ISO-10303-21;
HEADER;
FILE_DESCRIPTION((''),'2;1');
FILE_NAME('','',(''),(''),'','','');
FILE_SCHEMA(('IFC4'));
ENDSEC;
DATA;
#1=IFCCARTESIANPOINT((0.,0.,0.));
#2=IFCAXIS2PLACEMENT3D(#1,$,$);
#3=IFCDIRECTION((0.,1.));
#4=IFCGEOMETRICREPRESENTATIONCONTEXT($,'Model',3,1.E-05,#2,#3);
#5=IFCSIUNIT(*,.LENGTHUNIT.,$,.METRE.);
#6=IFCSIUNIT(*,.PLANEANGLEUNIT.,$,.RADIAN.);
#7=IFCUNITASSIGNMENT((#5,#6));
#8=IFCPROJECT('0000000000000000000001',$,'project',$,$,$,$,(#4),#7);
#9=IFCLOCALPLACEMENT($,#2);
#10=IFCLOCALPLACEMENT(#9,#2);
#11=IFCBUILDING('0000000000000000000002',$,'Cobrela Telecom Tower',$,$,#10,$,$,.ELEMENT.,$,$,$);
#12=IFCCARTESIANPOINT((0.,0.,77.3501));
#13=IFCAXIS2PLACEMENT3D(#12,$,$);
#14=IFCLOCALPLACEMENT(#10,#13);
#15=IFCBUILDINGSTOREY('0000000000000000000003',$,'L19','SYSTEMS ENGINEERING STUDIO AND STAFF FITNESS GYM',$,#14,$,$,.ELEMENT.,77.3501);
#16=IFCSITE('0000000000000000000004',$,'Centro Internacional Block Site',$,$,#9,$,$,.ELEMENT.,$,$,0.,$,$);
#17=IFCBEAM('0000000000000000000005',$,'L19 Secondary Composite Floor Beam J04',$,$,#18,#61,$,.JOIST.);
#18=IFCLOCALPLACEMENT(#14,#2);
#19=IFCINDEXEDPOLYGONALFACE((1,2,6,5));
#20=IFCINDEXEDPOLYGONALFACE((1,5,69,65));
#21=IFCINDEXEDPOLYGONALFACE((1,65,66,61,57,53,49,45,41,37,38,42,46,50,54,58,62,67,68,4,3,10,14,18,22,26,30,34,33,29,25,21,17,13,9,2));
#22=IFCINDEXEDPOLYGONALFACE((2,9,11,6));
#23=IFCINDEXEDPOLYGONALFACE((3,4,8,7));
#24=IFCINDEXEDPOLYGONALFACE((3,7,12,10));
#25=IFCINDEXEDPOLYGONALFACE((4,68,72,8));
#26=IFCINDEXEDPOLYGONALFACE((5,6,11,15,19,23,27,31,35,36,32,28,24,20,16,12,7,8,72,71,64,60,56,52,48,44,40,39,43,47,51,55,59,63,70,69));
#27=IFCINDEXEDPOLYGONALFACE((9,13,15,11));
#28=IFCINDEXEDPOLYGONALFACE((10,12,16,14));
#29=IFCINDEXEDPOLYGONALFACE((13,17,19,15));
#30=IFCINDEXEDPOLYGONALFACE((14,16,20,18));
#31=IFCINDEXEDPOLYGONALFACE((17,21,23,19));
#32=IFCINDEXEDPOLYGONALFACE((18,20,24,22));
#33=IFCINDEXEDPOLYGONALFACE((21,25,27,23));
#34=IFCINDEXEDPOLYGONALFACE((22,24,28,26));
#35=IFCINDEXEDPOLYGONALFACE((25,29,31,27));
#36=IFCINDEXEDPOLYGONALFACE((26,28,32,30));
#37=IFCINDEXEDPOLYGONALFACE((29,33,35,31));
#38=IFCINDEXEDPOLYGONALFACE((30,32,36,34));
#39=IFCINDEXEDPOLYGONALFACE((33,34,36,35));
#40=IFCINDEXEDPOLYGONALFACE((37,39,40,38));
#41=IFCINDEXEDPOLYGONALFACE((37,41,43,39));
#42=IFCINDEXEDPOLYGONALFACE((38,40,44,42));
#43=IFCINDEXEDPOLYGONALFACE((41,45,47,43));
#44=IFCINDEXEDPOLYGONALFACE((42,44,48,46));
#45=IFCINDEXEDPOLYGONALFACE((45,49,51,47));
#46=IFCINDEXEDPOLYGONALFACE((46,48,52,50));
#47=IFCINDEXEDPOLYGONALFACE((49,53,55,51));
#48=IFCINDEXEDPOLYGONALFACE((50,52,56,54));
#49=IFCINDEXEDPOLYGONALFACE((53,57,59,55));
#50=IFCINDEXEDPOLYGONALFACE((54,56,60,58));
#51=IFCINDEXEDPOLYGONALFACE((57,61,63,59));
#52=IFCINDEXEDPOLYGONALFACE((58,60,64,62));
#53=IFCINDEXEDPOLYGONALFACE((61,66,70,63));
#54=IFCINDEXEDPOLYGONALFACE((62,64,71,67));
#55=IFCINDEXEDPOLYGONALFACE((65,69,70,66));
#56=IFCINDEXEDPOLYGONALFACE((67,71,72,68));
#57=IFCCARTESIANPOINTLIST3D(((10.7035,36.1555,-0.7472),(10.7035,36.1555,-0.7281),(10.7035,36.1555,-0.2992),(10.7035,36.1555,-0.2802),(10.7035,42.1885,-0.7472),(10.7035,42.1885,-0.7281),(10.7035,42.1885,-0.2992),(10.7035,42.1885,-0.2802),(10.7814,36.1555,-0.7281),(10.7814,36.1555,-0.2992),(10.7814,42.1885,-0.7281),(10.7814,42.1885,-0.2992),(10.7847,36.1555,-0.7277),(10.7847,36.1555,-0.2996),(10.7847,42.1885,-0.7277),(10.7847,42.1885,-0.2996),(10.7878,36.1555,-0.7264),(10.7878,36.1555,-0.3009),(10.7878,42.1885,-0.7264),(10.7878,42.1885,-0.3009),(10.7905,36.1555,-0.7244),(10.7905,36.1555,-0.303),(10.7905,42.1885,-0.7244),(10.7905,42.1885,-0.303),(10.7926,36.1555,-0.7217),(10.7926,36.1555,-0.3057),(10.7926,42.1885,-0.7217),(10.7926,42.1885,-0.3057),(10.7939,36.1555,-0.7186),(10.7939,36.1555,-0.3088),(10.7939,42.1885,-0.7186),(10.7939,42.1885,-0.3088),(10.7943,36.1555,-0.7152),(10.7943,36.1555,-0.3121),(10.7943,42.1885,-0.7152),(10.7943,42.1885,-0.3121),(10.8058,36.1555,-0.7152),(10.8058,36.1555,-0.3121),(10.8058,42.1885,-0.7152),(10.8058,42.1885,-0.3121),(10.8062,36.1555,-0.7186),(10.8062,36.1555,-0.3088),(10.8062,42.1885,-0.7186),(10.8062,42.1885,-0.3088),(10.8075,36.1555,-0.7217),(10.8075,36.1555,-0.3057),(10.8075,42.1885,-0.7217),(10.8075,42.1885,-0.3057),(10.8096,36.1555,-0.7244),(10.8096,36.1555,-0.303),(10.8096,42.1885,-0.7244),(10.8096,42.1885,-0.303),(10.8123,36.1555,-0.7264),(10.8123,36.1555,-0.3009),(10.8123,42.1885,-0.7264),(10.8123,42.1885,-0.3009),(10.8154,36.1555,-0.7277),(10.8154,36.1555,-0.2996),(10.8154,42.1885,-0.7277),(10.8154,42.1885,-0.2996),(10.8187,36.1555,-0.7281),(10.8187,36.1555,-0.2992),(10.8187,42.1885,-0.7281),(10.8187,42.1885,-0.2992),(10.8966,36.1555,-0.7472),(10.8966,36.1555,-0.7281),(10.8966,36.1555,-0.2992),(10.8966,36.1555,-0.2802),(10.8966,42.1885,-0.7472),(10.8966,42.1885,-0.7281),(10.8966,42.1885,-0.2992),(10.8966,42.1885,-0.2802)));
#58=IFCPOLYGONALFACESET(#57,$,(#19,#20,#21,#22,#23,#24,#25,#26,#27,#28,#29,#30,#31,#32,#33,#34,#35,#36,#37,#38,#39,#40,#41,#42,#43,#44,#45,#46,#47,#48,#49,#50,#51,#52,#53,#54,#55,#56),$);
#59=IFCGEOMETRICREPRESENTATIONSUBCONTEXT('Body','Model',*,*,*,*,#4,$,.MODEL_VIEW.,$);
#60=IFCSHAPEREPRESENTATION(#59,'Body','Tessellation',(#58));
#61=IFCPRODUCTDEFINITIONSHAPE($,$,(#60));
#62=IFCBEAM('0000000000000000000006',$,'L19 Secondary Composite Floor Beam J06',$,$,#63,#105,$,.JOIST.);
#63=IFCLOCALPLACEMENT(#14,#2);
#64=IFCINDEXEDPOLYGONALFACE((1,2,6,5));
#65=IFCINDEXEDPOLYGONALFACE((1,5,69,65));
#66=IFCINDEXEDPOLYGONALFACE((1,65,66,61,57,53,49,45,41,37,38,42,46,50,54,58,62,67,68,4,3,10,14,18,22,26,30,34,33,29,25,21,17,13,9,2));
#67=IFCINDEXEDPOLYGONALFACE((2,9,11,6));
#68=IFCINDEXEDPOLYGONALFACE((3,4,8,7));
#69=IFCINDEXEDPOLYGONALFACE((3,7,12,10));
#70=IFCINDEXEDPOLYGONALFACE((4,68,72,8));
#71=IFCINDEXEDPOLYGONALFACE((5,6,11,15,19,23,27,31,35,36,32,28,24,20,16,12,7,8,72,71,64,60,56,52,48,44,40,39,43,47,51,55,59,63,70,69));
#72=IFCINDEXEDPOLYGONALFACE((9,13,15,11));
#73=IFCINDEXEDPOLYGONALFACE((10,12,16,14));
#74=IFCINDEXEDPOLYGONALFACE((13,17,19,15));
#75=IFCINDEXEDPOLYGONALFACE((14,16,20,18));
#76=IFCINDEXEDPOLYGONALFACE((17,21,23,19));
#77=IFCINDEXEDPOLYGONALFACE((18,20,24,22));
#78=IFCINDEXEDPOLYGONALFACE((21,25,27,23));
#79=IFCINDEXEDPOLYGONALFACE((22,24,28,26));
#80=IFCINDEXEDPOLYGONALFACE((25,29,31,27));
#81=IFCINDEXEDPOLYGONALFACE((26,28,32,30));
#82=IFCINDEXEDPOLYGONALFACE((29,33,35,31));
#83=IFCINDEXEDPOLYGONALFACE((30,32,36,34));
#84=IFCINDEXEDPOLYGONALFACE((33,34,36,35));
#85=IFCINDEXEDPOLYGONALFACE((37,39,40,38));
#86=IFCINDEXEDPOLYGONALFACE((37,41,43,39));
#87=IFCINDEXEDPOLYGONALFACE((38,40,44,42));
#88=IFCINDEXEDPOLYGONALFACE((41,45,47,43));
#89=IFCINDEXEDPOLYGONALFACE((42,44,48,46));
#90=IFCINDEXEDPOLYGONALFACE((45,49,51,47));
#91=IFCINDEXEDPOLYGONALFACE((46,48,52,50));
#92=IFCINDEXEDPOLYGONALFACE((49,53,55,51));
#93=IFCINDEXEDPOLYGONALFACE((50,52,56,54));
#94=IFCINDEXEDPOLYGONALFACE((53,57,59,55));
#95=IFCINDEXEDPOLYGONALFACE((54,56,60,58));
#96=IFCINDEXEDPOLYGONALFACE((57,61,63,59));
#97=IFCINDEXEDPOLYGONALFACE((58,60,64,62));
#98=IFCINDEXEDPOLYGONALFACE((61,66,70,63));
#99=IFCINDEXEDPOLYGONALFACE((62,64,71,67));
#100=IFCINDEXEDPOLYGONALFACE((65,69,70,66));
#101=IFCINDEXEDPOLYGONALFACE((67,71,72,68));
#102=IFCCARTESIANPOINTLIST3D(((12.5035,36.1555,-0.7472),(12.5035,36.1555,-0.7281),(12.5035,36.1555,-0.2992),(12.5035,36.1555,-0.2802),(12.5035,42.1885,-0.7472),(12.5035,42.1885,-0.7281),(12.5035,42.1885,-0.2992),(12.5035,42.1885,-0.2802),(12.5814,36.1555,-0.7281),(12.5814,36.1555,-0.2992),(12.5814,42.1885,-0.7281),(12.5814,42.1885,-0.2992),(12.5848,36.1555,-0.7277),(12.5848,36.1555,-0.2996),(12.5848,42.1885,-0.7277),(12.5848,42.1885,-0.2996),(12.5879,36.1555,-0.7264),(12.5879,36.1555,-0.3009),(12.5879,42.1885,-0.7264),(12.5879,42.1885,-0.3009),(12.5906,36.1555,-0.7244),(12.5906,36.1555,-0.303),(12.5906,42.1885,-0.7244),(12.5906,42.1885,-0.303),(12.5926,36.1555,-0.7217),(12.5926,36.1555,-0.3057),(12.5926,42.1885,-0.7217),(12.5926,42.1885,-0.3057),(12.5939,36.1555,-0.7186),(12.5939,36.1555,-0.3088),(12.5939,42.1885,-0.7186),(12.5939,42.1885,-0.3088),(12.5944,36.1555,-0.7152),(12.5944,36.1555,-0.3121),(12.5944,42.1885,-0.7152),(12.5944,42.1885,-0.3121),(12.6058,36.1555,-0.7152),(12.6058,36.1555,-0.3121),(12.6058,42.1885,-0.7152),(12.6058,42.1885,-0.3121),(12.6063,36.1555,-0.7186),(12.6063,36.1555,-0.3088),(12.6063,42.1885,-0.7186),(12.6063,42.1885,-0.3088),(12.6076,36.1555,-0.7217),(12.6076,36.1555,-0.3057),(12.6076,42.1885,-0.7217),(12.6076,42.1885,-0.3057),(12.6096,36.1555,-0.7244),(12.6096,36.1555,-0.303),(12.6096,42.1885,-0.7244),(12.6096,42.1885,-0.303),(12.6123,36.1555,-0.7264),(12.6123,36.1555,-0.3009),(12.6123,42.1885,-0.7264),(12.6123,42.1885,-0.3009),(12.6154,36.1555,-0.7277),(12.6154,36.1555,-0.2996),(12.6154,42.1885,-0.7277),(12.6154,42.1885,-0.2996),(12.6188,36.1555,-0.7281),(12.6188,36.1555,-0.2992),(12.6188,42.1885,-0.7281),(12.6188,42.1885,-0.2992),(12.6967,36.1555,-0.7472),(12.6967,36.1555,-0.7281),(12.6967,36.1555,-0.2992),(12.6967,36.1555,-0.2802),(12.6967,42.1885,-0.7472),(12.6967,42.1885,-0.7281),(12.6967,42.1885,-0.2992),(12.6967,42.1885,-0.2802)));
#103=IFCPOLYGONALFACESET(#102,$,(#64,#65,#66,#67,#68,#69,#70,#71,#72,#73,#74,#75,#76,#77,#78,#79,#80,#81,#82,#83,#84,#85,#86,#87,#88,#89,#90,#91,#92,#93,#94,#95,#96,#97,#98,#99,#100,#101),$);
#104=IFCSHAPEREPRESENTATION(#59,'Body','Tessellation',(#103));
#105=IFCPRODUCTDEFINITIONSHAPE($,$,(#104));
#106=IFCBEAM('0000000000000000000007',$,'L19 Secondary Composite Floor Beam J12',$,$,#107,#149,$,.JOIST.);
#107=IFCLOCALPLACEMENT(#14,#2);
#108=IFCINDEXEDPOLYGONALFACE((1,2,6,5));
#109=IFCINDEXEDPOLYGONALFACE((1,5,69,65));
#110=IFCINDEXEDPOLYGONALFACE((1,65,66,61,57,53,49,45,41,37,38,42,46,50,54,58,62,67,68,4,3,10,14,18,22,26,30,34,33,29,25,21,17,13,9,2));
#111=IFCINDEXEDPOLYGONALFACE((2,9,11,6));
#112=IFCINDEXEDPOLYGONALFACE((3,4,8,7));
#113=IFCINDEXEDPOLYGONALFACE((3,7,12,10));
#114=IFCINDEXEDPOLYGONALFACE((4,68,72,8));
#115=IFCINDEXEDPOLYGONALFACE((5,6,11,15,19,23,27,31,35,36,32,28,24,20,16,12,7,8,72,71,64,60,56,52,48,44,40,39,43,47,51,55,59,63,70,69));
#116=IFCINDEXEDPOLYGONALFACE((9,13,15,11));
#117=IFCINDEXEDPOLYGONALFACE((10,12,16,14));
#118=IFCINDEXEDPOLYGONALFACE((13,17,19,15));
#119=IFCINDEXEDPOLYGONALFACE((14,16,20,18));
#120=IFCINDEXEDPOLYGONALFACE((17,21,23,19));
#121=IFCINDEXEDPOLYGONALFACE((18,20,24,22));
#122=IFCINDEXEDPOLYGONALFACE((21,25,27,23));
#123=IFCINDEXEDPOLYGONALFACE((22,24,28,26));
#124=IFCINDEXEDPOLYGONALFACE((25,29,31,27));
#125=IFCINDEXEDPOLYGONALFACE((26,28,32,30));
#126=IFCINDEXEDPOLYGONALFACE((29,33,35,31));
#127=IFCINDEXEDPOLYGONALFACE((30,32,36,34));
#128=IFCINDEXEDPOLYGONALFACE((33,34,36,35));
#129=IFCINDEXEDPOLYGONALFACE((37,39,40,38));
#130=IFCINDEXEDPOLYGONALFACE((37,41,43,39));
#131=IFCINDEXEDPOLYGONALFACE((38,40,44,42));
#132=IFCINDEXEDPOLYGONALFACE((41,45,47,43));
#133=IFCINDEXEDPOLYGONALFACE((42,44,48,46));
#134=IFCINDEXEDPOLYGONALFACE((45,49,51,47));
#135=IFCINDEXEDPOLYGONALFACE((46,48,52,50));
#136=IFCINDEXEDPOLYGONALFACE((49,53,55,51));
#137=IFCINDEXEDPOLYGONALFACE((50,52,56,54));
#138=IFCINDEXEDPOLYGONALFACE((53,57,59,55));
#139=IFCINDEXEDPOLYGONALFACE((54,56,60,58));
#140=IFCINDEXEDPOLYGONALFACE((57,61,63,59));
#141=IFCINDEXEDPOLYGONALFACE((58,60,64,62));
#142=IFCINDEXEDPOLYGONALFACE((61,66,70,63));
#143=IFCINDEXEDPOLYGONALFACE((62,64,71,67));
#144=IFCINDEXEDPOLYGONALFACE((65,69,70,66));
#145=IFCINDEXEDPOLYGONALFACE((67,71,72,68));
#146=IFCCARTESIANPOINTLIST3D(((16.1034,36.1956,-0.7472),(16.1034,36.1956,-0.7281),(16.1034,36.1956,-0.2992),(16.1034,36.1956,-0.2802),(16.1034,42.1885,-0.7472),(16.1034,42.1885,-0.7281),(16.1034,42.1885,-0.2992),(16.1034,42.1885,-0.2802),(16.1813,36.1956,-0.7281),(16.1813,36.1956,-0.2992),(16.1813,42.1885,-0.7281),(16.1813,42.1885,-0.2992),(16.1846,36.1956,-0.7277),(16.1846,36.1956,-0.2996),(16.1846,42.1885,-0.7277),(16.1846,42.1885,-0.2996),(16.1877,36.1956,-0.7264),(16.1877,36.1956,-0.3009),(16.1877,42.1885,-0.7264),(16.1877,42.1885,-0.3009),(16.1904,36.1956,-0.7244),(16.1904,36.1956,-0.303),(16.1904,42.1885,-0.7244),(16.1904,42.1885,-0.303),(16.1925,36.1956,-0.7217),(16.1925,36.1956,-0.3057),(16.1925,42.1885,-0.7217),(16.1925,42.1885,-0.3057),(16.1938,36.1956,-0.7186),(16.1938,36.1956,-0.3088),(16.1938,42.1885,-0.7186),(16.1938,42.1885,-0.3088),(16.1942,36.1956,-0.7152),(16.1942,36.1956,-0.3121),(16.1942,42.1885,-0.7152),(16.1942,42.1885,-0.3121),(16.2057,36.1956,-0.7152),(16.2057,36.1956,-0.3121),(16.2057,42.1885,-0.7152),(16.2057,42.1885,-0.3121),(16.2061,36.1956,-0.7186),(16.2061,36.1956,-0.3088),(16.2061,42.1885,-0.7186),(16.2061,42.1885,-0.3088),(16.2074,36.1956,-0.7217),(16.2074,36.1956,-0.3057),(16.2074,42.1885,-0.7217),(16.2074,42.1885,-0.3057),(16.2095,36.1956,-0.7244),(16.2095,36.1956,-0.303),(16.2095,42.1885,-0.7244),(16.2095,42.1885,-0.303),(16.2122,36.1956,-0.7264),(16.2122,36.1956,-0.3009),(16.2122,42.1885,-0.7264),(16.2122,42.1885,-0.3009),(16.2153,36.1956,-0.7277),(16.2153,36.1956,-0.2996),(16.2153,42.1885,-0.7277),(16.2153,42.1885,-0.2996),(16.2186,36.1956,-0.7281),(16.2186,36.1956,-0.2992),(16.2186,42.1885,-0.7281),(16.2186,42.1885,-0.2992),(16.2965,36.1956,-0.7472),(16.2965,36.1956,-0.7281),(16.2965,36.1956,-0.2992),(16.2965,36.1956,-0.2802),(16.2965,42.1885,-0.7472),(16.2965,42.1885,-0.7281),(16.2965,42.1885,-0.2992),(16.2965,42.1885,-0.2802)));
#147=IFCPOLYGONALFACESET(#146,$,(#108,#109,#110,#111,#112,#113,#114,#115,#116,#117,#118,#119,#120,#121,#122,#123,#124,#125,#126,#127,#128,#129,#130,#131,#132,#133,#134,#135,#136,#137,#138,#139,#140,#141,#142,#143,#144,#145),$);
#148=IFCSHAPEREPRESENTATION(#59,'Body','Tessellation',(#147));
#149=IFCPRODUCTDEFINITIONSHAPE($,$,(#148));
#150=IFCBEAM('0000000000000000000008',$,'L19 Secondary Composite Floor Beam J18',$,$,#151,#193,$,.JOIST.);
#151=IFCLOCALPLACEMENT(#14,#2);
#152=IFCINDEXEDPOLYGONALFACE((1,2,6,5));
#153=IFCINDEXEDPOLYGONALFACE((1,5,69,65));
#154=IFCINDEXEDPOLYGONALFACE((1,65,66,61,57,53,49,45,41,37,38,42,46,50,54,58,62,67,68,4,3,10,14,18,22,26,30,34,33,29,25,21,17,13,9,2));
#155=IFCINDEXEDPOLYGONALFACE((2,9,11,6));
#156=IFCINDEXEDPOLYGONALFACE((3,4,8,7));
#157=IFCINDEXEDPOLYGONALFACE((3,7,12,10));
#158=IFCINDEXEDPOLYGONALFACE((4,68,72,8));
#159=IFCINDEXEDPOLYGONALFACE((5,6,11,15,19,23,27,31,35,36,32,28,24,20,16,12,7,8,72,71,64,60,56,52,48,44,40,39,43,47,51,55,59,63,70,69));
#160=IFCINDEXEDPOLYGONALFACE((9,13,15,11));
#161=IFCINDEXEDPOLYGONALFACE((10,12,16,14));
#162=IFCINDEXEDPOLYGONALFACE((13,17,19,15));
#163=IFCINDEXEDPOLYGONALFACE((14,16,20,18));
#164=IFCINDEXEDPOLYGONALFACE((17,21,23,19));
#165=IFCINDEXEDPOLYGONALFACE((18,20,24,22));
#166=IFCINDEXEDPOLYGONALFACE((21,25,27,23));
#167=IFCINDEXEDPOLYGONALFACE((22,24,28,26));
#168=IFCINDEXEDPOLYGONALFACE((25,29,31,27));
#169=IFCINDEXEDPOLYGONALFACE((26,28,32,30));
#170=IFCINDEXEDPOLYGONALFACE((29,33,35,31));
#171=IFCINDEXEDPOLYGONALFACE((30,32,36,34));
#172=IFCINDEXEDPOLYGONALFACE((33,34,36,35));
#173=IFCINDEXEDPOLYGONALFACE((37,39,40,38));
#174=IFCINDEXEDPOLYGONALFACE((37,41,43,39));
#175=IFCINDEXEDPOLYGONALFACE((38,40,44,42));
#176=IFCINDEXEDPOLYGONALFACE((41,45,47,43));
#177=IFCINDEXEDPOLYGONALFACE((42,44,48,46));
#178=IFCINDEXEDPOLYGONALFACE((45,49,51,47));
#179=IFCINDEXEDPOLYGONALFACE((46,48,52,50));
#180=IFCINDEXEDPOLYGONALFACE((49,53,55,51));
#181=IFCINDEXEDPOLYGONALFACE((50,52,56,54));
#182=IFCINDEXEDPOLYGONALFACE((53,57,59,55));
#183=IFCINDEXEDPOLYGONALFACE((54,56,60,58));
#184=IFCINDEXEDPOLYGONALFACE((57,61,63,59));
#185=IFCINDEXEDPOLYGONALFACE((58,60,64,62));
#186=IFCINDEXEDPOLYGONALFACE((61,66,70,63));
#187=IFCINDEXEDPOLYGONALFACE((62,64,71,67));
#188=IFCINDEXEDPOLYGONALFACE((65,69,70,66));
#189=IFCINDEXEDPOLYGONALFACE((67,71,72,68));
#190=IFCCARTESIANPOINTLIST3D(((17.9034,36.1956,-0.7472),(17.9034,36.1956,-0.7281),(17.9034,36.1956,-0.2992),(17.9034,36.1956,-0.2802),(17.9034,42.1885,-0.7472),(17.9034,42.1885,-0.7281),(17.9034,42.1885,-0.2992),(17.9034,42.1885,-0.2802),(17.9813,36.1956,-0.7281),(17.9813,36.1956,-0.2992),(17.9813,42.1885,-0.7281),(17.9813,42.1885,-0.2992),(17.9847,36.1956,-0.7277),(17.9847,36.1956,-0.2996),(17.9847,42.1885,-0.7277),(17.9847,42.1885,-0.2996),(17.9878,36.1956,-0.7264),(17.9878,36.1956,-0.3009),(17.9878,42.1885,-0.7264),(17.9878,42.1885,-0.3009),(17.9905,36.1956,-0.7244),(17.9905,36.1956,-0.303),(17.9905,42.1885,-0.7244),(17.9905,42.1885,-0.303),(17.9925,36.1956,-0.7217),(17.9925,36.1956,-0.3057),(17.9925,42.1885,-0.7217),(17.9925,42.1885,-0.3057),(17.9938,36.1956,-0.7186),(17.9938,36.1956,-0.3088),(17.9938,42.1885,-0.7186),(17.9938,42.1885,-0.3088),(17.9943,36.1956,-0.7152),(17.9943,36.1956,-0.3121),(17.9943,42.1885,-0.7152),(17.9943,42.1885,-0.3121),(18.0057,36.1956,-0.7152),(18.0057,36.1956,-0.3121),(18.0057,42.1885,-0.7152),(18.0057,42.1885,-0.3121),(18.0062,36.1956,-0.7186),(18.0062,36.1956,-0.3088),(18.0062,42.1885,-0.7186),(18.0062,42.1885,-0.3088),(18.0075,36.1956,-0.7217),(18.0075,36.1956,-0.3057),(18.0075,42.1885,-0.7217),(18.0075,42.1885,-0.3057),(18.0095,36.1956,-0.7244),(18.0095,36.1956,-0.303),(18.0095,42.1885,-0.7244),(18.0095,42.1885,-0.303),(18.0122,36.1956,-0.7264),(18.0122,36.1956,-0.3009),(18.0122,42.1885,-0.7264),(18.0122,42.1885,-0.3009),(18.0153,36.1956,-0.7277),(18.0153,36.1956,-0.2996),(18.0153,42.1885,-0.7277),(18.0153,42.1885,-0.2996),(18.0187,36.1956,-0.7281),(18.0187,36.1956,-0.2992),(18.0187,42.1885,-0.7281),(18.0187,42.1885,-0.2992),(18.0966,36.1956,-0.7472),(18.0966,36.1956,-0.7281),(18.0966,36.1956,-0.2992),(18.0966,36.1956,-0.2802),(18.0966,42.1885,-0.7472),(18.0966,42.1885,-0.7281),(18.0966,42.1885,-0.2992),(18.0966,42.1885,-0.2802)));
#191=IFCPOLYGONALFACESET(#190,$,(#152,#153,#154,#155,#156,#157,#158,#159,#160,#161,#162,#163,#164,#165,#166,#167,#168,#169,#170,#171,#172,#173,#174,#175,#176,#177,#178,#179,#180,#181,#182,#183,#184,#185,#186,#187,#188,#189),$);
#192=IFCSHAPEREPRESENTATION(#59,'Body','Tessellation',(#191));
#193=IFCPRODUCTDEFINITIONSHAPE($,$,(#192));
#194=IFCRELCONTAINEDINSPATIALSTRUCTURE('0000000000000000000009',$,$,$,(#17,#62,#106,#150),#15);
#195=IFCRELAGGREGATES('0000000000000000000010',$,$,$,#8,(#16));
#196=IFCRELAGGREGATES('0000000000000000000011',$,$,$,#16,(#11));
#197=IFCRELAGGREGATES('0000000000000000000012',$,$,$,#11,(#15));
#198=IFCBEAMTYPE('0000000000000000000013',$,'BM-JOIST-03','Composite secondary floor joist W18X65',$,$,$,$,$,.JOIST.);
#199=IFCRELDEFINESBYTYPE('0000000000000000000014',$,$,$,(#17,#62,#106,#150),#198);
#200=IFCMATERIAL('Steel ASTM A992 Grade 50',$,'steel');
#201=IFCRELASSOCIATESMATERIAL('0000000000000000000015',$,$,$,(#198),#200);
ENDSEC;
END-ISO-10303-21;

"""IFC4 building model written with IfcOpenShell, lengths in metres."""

from ifc_helpers import new_model, si_unit, direction, frame, origin, origin_2d, place, context, subcontext, project, spatial, i_section, extrude, material, material_profile, profile_set, type_object, element, save


model = new_model("IFC4")

# Units and contexts
model_context = context("Model", 3, precision=1e-05, world=origin(), true_north=direction((0.0, 1.0)))
body_context = subcontext(model_context, "Body", "Model", "MODEL_VIEW")
ifc_project = project(units=[si_unit("LENGTHUNIT", "METRE"), si_unit("PLANEANGLEUNIT", "RADIAN")], contexts=[model_context])

# Site, building, storey
site_placement = place(None, origin())
site = spatial("IfcSite", under=ifc_project, at=site_placement, Name="Centro Internacional Block Site", CompositionType="ELEMENT", RefElevation=0.0)
building_placement = place(site_placement, origin())
building = spatial("IfcBuilding", under=site, at=building_placement, Name="Cobrela Telecom Tower", CompositionType="ELEMENT")
storey_placement = place(building_placement, frame((0.0, 0.0, 77.3501)))
storey = spatial("IfcBuildingStorey", under=building, at=storey_placement, Name="L19", Description="SYSTEMS ENGINEERING STUDIO AND STAFF FITNESS GYM", CompositionType="ELEMENT", Elevation=77.3501)

# Beams
ifc_material_1 = material(Name="Steel ASTM A992 Grade 50", Category="steel")
ifc_material_profile_1 = material_profile(ifc_material_1, i_section(OverallWidth=0.1931, OverallDepth=0.467, WebThickness=0.0115, FlangeThickness=0.019, FilletRadius=0.0129, at=origin_2d()), Name="W18X65")
ifc_profile_set_1 = profile_set([ifc_material_profile_1], Name="Steel ASTM A992 Grade 50")
beam_type_1 = type_object("IfcBeamType", Name="BM-JOIST-03", Description="Composite secondary floor joist W18X65", PredefinedType="JOIST", material=ifc_profile_set_1)
for number, where, z_axis, x_axis, name in (
    (1, (10.8, 36.1555, -0.5137), (0.0, 1.0, 0.0), (-1.0, 0.0, 0.0), "L19 Secondary Composite Floor Beam J04"),
    (2, (12.6001, 36.1555, -0.5137), (0.0, 1.0, 0.0), (-1.0, 0.0, 0.0), "L19 Secondary Composite Floor Beam J06"),
):
    element("IfcBeam", number, at=place(storey_placement, frame(where, z_axis=z_axis, x_axis=x_axis)), inside=storey, type_object=beam_type_1, Name=name, PredefinedType="JOIST", context=body_context, shape_type="SweptSolid", body=[
        extrude(i_section(OverallWidth=0.1931, OverallDepth=0.467, WebThickness=0.0115, FlangeThickness=0.019, FilletRadius=0.0129, at=origin_2d()), origin(), (0.0, 0.0, 1.0), 6.033),
    ])
for number, where, z_axis, x_axis, name in (
    (3, (16.2, 36.1956, -0.5137), (0.0, 1.0, 0.0), (-1.0, 0.0, 0.0), "L19 Secondary Composite Floor Beam J12"),
    (4, (18.0, 36.1956, -0.5137), (0.0, 1.0, 0.0), (-1.0, 0.0, 0.0), "L19 Secondary Composite Floor Beam J18"),
):
    element("IfcBeam", number, at=place(storey_placement, frame(where, z_axis=z_axis, x_axis=x_axis)), inside=storey, type_object=beam_type_1, Name=name, PredefinedType="JOIST", context=body_context, shape_type="SweptSolid", body=[
        extrude(i_section(OverallWidth=0.1931, OverallDepth=0.467, WebThickness=0.0115, FlangeThickness=0.019, FilletRadius=0.0129, at=origin_2d()), origin(), (0.0, 0.0, 1.0), 5.9929),
    ])

save(model, "model.ifc")
